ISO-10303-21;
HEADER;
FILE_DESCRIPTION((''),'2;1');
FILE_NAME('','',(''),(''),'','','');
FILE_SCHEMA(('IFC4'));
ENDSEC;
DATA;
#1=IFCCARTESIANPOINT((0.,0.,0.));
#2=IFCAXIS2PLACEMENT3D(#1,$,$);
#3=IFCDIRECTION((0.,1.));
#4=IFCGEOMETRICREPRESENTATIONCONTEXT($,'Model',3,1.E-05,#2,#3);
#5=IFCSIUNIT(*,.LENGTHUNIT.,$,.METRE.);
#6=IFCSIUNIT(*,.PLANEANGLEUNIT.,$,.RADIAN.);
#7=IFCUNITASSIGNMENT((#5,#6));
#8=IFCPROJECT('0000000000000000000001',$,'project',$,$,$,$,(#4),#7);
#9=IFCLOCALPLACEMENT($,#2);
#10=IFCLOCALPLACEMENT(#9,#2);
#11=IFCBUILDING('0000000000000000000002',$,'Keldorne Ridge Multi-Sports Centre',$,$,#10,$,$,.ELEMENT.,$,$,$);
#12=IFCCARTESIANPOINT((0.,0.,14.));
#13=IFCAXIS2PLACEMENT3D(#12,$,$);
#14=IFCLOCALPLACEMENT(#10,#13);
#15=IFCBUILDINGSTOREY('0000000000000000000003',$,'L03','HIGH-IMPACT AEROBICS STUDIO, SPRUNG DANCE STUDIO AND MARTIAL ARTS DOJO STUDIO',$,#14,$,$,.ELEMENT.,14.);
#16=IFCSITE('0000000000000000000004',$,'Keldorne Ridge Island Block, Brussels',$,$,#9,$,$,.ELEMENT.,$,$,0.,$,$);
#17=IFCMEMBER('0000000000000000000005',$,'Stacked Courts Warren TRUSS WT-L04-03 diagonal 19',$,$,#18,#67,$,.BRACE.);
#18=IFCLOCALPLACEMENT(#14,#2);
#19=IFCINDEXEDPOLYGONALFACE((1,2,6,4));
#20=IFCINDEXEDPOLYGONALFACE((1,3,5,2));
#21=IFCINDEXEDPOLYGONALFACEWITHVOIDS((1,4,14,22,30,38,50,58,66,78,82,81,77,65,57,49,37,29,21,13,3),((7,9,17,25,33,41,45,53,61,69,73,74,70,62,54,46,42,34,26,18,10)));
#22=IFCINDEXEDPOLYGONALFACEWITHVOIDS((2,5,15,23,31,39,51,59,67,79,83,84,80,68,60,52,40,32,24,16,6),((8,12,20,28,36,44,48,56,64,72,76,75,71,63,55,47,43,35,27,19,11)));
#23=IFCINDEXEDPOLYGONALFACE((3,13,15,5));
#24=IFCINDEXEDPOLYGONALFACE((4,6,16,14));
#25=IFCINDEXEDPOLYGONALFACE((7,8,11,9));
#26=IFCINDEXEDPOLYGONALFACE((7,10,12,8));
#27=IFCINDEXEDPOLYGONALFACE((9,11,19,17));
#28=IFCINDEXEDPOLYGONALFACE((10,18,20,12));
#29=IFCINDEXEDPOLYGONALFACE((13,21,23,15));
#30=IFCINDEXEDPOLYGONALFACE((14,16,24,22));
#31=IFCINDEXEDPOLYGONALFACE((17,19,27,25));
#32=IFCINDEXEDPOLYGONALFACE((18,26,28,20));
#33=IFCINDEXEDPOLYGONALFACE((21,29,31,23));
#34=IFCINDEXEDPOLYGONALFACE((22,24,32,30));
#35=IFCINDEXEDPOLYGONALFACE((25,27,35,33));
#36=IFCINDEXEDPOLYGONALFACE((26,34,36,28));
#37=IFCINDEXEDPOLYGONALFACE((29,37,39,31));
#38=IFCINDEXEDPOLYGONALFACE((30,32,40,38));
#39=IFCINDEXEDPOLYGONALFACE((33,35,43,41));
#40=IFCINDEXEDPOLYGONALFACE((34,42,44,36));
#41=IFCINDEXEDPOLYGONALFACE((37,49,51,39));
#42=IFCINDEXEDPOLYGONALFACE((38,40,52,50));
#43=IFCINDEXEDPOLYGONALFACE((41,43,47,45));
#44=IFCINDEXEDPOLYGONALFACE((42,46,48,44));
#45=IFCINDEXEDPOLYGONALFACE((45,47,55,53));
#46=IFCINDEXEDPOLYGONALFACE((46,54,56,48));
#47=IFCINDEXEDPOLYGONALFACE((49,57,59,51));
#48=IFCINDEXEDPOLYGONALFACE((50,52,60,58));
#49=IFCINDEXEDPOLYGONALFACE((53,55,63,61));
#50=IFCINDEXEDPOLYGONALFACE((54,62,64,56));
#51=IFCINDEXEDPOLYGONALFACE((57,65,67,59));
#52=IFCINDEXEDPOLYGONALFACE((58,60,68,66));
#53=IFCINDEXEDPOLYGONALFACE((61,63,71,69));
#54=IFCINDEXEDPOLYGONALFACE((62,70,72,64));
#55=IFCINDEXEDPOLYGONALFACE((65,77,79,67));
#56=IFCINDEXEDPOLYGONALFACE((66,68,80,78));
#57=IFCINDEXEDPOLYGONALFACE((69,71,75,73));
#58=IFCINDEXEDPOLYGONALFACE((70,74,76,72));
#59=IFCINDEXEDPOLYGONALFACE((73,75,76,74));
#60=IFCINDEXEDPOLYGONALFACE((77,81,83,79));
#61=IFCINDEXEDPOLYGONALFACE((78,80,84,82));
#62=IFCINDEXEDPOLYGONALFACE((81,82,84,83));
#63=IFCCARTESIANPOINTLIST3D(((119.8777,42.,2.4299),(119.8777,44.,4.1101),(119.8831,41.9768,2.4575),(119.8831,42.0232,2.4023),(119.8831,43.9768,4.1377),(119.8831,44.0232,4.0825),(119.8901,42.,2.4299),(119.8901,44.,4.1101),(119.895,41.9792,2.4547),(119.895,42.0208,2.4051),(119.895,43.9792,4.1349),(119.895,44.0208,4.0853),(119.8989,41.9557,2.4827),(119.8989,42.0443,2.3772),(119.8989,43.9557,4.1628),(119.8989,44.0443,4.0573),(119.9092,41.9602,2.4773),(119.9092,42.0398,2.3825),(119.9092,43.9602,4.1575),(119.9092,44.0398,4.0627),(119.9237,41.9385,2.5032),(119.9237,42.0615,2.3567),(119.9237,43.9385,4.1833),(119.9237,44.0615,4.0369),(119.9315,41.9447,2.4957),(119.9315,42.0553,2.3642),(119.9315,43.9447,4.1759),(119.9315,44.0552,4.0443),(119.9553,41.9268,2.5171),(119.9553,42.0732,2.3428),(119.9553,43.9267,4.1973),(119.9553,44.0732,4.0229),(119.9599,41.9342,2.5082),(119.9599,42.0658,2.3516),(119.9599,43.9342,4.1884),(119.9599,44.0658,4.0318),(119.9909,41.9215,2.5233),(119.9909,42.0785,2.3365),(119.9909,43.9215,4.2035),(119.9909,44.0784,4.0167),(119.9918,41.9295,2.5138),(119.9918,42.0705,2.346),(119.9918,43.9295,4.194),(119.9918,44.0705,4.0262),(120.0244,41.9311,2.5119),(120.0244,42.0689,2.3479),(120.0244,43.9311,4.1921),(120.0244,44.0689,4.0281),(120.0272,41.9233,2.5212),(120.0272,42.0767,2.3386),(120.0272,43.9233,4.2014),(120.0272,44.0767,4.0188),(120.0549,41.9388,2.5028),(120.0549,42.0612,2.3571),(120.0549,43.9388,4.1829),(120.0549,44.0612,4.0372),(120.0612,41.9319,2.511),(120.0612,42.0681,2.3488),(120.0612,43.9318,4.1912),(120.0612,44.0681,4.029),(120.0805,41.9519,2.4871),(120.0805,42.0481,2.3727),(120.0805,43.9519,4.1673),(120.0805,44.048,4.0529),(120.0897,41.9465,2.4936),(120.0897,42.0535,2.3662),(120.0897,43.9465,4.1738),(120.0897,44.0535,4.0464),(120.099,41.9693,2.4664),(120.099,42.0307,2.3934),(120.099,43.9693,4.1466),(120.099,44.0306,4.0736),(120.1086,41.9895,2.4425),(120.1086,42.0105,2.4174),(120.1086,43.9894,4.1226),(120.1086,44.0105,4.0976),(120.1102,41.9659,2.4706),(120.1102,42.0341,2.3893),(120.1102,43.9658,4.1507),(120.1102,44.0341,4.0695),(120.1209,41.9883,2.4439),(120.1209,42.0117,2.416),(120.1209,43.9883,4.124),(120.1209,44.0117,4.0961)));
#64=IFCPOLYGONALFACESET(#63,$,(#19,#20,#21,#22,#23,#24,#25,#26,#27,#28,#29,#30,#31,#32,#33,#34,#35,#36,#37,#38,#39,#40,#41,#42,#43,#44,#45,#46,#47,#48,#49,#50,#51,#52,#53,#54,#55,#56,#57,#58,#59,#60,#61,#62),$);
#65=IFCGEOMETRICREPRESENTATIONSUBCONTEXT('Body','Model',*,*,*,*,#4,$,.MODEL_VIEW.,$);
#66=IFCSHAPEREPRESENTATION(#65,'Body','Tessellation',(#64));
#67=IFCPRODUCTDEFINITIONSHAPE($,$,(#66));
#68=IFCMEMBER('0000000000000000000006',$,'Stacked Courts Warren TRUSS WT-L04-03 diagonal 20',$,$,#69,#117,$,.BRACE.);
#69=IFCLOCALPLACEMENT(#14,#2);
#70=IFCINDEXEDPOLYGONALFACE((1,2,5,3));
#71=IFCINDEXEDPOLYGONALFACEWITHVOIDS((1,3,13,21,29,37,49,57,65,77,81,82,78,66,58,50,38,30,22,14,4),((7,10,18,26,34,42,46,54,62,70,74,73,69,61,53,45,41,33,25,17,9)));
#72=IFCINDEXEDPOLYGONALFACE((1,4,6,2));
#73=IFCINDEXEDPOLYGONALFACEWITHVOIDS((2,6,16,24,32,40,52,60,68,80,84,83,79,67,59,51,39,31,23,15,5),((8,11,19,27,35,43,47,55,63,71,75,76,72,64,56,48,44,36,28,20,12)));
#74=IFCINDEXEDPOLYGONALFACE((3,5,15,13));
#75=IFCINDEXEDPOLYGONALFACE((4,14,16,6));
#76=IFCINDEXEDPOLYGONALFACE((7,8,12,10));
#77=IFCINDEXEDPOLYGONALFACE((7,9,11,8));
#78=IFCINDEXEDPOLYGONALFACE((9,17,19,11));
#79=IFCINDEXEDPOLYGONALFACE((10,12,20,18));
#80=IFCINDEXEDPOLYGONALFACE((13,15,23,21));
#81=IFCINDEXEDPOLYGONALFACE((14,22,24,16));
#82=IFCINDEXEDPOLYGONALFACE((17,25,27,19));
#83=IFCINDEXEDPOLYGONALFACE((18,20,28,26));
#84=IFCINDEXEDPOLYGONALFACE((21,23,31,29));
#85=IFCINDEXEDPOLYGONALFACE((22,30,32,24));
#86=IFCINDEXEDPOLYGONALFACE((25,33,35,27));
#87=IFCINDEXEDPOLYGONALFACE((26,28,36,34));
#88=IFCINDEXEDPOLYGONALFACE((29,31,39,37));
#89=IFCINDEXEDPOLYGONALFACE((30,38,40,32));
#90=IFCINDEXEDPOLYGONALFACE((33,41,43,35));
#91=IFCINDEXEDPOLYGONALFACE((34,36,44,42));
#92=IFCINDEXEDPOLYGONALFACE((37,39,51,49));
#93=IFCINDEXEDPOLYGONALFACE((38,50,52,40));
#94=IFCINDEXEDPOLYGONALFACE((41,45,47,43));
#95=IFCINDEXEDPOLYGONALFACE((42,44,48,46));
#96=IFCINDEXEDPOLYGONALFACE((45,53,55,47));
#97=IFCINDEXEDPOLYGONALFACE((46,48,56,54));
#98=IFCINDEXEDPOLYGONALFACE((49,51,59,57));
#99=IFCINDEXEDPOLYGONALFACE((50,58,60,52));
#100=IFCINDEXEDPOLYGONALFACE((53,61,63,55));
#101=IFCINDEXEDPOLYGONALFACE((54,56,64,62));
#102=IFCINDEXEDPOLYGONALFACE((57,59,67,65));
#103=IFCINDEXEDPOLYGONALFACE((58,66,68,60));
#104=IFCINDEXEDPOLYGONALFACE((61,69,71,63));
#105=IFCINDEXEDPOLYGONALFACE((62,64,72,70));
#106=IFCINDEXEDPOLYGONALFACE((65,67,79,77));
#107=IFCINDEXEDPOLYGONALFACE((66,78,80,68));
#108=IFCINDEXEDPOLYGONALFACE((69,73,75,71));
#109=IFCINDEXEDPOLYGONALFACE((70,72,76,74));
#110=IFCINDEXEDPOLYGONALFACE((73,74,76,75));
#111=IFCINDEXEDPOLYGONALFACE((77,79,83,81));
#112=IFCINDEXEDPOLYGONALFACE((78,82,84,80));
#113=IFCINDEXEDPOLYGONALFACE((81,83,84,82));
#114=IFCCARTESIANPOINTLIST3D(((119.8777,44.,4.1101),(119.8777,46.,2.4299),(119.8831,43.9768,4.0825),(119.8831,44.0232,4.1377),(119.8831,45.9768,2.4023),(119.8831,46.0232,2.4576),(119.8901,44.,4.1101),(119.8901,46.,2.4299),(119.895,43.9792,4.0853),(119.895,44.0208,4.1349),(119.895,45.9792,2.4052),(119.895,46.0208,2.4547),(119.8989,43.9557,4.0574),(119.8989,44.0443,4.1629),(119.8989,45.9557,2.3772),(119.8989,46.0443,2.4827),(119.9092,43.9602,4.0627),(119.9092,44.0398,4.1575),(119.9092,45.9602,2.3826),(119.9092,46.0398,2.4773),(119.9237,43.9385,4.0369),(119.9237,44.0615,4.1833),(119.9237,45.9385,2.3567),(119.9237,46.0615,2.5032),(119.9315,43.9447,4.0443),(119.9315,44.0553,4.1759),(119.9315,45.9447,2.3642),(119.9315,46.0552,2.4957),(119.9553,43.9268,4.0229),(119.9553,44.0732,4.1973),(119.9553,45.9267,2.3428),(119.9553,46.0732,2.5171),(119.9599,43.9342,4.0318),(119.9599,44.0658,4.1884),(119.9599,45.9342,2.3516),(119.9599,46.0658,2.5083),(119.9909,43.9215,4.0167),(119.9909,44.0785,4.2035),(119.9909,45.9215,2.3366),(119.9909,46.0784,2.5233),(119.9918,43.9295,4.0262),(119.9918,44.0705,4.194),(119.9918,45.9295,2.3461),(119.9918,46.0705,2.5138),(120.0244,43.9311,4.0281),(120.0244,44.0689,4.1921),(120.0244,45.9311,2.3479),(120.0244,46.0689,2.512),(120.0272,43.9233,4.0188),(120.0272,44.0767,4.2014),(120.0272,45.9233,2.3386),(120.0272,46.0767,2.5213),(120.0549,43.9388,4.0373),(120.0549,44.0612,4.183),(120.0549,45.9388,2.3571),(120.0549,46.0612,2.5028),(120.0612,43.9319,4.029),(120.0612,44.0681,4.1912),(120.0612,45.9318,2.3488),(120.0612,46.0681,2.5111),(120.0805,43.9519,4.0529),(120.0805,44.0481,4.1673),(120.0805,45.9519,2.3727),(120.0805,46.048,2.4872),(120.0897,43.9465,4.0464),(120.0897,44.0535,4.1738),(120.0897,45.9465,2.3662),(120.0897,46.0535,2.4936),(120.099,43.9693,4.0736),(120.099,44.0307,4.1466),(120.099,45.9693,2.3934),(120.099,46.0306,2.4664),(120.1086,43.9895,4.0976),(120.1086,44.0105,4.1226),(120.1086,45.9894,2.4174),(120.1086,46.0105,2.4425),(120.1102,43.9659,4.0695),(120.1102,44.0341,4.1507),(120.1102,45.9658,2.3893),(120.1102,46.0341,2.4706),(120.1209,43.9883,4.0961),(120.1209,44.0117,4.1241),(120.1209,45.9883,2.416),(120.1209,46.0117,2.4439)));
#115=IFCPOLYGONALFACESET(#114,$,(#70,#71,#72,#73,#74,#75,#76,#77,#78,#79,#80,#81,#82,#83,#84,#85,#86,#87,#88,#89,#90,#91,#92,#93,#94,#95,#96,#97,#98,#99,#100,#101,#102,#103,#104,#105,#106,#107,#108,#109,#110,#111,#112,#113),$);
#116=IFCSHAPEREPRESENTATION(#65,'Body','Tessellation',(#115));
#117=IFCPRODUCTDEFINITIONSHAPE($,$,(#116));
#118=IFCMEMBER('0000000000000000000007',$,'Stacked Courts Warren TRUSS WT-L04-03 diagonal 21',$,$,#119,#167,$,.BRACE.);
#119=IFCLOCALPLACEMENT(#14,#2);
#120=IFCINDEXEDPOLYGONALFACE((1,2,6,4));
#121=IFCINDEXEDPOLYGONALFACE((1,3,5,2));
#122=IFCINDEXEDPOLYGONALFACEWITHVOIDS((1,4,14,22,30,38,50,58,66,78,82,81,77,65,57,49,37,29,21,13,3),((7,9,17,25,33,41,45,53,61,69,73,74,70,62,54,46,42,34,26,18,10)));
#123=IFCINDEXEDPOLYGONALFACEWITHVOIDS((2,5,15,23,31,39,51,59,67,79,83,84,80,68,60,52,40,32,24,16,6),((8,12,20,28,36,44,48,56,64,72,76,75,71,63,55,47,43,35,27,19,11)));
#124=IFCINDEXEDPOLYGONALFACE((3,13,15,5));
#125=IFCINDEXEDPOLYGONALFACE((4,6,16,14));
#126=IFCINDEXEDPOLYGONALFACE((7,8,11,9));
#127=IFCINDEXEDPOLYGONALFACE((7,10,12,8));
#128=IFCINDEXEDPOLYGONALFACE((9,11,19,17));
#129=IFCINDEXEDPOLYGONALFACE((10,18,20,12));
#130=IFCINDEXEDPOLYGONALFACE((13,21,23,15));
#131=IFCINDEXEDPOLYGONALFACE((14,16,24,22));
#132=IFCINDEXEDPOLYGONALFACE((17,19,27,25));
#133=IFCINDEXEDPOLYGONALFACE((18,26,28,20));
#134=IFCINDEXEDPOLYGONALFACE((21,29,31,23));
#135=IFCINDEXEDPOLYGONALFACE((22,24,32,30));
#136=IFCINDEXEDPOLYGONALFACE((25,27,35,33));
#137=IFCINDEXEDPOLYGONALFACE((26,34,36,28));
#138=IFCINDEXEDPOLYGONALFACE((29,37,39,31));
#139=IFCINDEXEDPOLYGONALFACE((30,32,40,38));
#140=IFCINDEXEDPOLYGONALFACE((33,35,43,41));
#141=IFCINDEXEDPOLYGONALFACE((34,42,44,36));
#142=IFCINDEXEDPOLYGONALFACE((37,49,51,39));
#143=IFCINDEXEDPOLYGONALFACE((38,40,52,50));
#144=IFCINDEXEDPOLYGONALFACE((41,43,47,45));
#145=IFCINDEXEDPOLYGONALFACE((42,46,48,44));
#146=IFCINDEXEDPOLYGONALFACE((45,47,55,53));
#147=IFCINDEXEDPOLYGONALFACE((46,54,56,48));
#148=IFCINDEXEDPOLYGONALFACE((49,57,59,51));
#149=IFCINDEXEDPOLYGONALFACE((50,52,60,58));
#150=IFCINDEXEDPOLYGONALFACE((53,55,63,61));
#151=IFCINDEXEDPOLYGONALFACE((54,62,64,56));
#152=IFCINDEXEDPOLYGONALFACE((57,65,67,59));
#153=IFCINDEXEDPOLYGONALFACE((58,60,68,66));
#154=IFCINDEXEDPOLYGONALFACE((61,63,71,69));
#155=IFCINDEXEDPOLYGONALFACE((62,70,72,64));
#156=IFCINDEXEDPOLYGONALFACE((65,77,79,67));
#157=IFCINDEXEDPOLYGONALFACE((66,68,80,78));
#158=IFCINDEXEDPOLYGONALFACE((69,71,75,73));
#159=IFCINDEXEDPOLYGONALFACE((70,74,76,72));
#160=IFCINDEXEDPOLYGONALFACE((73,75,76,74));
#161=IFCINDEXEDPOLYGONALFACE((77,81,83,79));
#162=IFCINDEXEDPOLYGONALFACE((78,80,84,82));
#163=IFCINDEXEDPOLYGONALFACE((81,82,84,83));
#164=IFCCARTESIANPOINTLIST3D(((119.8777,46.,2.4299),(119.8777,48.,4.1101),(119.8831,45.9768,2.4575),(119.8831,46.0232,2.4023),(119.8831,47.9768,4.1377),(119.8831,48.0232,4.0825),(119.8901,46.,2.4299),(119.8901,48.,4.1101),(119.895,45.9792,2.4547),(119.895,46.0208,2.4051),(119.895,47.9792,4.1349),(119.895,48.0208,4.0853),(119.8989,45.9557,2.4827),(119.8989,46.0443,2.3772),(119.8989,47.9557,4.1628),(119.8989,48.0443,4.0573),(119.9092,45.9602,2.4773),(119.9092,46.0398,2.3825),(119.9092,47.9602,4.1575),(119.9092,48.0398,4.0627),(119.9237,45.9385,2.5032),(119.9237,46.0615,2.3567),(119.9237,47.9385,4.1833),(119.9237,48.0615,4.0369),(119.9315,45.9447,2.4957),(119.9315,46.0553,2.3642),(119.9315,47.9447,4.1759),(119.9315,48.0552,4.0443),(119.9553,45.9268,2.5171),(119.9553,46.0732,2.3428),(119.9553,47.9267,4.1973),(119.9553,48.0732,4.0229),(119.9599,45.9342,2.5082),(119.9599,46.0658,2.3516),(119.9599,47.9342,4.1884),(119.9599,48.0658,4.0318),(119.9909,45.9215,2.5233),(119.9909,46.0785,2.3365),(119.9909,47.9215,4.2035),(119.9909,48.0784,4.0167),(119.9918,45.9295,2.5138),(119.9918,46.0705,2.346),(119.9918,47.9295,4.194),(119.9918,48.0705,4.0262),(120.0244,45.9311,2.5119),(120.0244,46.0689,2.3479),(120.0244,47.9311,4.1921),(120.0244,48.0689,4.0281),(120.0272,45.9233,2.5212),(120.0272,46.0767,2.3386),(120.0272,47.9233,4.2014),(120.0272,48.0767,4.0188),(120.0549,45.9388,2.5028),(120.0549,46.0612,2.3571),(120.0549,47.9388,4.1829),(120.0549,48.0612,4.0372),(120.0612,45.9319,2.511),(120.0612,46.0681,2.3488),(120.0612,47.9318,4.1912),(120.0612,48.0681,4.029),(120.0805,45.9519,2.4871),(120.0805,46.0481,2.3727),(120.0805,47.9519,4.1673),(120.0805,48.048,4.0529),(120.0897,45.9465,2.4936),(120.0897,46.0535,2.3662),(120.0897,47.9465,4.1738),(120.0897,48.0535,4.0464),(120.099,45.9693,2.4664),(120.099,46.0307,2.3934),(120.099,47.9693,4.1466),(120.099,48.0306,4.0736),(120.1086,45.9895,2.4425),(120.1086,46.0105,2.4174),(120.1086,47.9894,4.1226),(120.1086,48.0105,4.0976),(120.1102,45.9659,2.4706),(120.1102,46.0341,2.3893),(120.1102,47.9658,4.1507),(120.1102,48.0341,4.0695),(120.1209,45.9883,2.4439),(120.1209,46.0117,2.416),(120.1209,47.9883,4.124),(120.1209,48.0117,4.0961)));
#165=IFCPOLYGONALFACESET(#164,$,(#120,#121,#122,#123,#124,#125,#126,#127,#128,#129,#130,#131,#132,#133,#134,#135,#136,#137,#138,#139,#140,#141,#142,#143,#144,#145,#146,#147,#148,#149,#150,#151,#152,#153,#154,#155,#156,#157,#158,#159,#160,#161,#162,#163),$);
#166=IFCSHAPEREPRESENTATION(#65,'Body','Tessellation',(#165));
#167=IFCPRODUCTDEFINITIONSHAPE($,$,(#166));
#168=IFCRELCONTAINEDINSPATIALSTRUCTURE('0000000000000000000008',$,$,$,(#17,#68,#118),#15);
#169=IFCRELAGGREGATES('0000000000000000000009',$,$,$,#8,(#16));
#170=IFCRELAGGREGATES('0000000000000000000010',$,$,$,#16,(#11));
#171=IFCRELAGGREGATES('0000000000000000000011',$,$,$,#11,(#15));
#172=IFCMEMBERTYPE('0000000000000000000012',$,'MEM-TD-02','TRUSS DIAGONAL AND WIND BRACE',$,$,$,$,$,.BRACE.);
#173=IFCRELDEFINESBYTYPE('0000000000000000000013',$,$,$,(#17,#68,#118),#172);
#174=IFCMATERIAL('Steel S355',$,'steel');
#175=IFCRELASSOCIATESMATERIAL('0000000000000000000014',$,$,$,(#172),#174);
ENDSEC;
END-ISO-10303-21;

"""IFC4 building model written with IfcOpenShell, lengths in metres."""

from ifc_helpers import new_model, si_unit, direction, frame, origin, origin_2d, place, context, subcontext, project, spatial, hollow_circle, extrude, material, material_profile, profile_set, type_object, element, save


model = new_model("IFC4")

# Units and contexts
model_context = context("Model", 3, precision=1e-05, world=origin(), true_north=direction((0.0, 1.0)))
body_context = subcontext(model_context, "Body", "Model", "MODEL_VIEW")
ifc_project = project(units=[si_unit("LENGTHUNIT", "METRE"), si_unit("PLANEANGLEUNIT", "RADIAN")], contexts=[model_context])

# Site, building, storey
site_placement = place(None, origin())
site = spatial("IfcSite", under=ifc_project, at=site_placement, Name="Keldorne Ridge Island Block, Brussels", CompositionType="ELEMENT", RefElevation=0.0)
building_placement = place(site_placement, origin())
building = spatial("IfcBuilding", under=site, at=building_placement, Name="Keldorne Ridge Multi-Sports Centre", CompositionType="ELEMENT")
storey_placement = place(building_placement, frame((0.0, 0.0, 14.0)))
storey = spatial("IfcBuildingStorey", under=building, at=storey_placement, Name="L03", Description="HIGH-IMPACT AEROBICS STUDIO, SPRUNG DANCE STUDIO AND MARTIAL ARTS DOJO STUDIO", CompositionType="ELEMENT", Elevation=14.0)

# Members
ifc_material = material(Name="Steel S355", Category="steel")
ifc_material_profile_1 = material_profile(ifc_material, hollow_circle(Radius=0.1223, WallThickness=0.0125, at=origin_2d()), Name="CHS 244.5x12.5")
ifc_profile_set_1 = profile_set([ifc_material_profile_1], Name="Steel S355")
member_type_1 = type_object("IfcMemberType", Name="MEM-TD-02", Description="TRUSS DIAGONAL AND WIND BRACE", PredefinedType="BRACE", material=ifc_profile_set_1)
for number, where, z_axis, x_axis, name in (
    (1, (120.0, 42.0, 2.4299), (0.0, 0.765672, 0.643232), (-1.0, 0.0, 0.0), "Stacked Courts Warren TRUSS WT-L04-03 diagonal 19"),
    (2, (120.0, 44.0, 4.1101), (0.0, 0.765672, -0.643232), (-1.0, 0.0, 0.0), "Stacked Courts Warren TRUSS WT-L04-03 diagonal 20"),
    (3, (120.0, 46.0, 2.4299), (0.0, 0.765672, 0.643232), (-1.0, 0.0, 0.0), "Stacked Courts Warren TRUSS WT-L04-03 diagonal 21"),
):
    element("IfcMember", number, at=place(storey_placement, frame(where, z_axis=z_axis, x_axis=x_axis)), inside=storey, type_object=member_type_1, Name=name, PredefinedType="BRACE", context=body_context, shape_type="SweptSolid", body=[
        extrude(hollow_circle(Radius=0.1223, WallThickness=0.0125, at=origin_2d()), origin(), (0.0, 0.0, 1.0), 2.6121),
    ])

save(model, "model.ifc")
